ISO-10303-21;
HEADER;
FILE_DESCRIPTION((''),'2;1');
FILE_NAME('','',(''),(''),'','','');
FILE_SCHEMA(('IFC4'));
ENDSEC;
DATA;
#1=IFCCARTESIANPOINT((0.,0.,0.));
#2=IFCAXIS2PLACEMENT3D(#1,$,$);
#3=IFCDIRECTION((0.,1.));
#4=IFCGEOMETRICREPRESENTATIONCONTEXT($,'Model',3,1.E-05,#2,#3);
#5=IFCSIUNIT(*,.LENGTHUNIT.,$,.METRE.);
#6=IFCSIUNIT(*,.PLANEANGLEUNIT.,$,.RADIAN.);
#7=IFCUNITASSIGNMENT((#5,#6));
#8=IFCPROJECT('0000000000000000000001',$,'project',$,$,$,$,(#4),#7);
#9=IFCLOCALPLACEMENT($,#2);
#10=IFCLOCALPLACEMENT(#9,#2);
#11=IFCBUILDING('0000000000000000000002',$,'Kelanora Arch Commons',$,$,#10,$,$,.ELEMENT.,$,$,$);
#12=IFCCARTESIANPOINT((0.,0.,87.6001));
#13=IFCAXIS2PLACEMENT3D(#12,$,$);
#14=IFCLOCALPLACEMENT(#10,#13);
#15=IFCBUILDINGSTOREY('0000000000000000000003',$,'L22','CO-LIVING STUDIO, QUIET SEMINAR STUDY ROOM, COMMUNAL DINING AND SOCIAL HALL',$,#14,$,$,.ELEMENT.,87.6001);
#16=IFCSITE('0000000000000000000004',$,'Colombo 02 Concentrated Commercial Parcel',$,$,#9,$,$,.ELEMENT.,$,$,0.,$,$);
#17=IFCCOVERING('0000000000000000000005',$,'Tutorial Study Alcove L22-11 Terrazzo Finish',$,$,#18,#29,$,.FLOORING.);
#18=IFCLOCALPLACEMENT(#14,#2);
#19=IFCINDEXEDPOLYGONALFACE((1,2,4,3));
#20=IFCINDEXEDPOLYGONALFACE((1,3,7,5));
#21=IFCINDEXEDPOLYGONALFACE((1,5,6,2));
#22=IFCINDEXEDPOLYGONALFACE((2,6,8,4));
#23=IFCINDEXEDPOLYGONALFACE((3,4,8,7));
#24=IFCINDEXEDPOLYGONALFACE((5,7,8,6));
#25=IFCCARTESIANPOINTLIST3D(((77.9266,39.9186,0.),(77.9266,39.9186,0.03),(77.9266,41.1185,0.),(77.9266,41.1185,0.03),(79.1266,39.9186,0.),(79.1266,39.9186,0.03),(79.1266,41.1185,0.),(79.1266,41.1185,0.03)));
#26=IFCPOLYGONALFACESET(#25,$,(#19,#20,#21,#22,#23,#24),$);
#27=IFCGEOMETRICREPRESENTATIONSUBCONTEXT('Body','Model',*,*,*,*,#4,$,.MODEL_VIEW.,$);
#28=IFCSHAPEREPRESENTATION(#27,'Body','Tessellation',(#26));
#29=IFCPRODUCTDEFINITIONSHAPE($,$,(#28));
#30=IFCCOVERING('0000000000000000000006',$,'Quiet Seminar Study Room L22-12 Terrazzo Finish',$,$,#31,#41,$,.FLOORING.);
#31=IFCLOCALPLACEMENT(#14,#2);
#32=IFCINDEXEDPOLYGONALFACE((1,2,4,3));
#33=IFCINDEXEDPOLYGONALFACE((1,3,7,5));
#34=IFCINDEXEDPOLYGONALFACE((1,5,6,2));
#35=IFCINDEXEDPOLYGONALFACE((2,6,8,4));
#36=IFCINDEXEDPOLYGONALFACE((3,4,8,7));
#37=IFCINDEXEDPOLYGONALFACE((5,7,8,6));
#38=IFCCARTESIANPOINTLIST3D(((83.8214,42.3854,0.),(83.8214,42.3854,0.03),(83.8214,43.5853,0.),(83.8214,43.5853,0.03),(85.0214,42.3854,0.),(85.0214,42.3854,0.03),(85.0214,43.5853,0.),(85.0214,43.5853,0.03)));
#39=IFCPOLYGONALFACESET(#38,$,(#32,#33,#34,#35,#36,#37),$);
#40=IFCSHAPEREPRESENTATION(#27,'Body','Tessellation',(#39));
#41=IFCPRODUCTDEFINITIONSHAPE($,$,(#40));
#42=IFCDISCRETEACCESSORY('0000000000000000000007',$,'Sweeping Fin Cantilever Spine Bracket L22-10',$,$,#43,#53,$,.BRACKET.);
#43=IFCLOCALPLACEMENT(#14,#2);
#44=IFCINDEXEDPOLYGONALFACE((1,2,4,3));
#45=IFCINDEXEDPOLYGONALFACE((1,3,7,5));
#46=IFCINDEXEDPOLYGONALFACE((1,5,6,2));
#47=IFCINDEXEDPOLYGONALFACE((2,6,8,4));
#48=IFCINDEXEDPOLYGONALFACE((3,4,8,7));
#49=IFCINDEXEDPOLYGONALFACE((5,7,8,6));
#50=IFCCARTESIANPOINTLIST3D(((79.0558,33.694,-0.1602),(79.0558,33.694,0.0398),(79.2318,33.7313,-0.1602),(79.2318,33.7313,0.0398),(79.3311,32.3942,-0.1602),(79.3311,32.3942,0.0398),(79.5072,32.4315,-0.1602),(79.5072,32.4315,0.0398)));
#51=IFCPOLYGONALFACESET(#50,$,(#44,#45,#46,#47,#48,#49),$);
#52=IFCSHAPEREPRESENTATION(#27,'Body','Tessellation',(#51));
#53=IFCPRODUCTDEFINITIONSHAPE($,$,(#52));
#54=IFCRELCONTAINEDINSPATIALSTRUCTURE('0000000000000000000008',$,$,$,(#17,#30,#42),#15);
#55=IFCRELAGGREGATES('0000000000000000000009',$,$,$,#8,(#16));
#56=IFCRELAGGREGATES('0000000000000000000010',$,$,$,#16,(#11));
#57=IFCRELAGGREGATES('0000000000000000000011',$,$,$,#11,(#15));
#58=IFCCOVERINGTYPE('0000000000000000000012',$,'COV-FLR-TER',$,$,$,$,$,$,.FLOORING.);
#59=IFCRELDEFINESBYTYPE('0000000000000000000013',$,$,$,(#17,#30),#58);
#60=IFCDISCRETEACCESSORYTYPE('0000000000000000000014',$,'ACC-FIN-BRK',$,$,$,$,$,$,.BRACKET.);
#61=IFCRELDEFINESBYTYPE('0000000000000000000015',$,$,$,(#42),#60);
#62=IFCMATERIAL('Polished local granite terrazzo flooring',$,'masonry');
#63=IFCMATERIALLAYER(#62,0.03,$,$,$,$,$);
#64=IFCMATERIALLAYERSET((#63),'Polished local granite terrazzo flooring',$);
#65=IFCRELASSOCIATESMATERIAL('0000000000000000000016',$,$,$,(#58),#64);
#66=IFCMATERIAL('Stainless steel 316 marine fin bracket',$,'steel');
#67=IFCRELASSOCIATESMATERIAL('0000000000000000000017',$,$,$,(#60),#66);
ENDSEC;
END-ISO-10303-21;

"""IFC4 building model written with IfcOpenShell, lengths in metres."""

from ifc_helpers import new_model, si_unit, direction, frame, origin, origin_2d, place, context, subcontext, project, spatial, rectangle, extrude, source, transform, mapped, material, layer, layer_set, type_object, element, save


model = new_model("IFC4")

# Units and contexts
model_context = context("Model", 3, precision=1e-05, world=origin(), true_north=direction((0.0, 1.0)))
body_context = subcontext(model_context, "Body", "Model", "MODEL_VIEW")
ifc_project = project(units=[si_unit("LENGTHUNIT", "METRE"), si_unit("PLANEANGLEUNIT", "RADIAN")], contexts=[model_context])

# Site, building, storey
site_placement = place(None, origin())
site = spatial("IfcSite", under=ifc_project, at=site_placement, Name="Colombo 02 Concentrated Commercial Parcel", CompositionType="ELEMENT", RefElevation=0.0)
building_placement = place(site_placement, origin())
building = spatial("IfcBuilding", under=site, at=building_placement, Name="Kelanora Arch Commons", CompositionType="ELEMENT")
storey_placement = place(building_placement, frame((0.0, 0.0, 87.6001)))
storey = spatial("IfcBuildingStorey", under=building, at=storey_placement, Name="L22", Description="CO-LIVING STUDIO, QUIET SEMINAR STUDY ROOM, COMMUNAL DINING AND SOCIAL HALL", CompositionType="ELEMENT", Elevation=87.6001)

# Coverings
ifc_material_1 = material(Name="Polished local granite terrazzo flooring", Category="masonry")
ifc_layer_1 = layer(ifc_material_1, 0.03)
ifc_layer_set_1 = layer_set([ifc_layer_1], Name="Polished local granite terrazzo flooring")
covering_type = type_object("IfcCoveringType", Name="COV-FLR-TER", PredefinedType="FLOORING", material=ifc_layer_set_1)
shared_shape_1 = source(origin(), body_context, "Body", "SweptSolid", [
    extrude(rectangle(XDim=1.2, YDim=1.2, at=origin_2d()), origin(), (0.0, 0.0, 1.0), 0.03),
])
for number, where, z_axis, x_axis, name in (
    (1, (78.5266, 40.5186, 0.0), (0.0, 0.0, 1.0), (1.0, 0.0, 0.0), "Tutorial Study Alcove L22-11 Terrazzo Finish"),
    (2, (84.4214, 42.9854, 0.0), (0.0, 0.0, 1.0), (1.0, 0.0, 0.0), "Quiet Seminar Study Room L22-12 Terrazzo Finish"),
):
    element("IfcCovering", number, at=place(storey_placement, frame(where, z_axis=z_axis, x_axis=x_axis)), inside=storey, type_object=covering_type, Name=name, PredefinedType="FLOORING", context=body_context, shape_type="MappedRepresentation", body=[
        mapped(shared_shape_1, transform((0.0, 0.0, 0.0), scale=1.0)),
    ])

# Discrete accessory
ifc_material_2 = material(Name="Stainless steel 316 marine fin bracket", Category="steel")
discrete_accessory_type = type_object("IfcDiscreteAccessoryType", Name="ACC-FIN-BRK", PredefinedType="BRACKET", material=ifc_material_2)
shared_shape_2 = source(origin(), body_context, "Body", "SweptSolid", [
    extrude(rectangle(XDim=1.3286, YDim=0.1799, at=origin_2d()), origin(), (0.0, 0.0, 1.0), 0.2),
])
discrete_accessory_placement = place(storey_placement, frame((79.2815, 33.0627, -0.1602), z_axis=(0.0, 0.0, 1.0), x_axis=(0.207229, -0.978293, 0.0)))
element("IfcDiscreteAccessory", 3, at=discrete_accessory_placement, inside=storey, type_object=discrete_accessory_type, Name="Sweeping Fin Cantilever Spine Bracket L22-10", PredefinedType="BRACKET", context=body_context, shape_type="MappedRepresentation", body=[
    mapped(shared_shape_2, transform((0.0, 0.0, 0.0), scale=1.0)),
])

save(model, "model.ifc")
